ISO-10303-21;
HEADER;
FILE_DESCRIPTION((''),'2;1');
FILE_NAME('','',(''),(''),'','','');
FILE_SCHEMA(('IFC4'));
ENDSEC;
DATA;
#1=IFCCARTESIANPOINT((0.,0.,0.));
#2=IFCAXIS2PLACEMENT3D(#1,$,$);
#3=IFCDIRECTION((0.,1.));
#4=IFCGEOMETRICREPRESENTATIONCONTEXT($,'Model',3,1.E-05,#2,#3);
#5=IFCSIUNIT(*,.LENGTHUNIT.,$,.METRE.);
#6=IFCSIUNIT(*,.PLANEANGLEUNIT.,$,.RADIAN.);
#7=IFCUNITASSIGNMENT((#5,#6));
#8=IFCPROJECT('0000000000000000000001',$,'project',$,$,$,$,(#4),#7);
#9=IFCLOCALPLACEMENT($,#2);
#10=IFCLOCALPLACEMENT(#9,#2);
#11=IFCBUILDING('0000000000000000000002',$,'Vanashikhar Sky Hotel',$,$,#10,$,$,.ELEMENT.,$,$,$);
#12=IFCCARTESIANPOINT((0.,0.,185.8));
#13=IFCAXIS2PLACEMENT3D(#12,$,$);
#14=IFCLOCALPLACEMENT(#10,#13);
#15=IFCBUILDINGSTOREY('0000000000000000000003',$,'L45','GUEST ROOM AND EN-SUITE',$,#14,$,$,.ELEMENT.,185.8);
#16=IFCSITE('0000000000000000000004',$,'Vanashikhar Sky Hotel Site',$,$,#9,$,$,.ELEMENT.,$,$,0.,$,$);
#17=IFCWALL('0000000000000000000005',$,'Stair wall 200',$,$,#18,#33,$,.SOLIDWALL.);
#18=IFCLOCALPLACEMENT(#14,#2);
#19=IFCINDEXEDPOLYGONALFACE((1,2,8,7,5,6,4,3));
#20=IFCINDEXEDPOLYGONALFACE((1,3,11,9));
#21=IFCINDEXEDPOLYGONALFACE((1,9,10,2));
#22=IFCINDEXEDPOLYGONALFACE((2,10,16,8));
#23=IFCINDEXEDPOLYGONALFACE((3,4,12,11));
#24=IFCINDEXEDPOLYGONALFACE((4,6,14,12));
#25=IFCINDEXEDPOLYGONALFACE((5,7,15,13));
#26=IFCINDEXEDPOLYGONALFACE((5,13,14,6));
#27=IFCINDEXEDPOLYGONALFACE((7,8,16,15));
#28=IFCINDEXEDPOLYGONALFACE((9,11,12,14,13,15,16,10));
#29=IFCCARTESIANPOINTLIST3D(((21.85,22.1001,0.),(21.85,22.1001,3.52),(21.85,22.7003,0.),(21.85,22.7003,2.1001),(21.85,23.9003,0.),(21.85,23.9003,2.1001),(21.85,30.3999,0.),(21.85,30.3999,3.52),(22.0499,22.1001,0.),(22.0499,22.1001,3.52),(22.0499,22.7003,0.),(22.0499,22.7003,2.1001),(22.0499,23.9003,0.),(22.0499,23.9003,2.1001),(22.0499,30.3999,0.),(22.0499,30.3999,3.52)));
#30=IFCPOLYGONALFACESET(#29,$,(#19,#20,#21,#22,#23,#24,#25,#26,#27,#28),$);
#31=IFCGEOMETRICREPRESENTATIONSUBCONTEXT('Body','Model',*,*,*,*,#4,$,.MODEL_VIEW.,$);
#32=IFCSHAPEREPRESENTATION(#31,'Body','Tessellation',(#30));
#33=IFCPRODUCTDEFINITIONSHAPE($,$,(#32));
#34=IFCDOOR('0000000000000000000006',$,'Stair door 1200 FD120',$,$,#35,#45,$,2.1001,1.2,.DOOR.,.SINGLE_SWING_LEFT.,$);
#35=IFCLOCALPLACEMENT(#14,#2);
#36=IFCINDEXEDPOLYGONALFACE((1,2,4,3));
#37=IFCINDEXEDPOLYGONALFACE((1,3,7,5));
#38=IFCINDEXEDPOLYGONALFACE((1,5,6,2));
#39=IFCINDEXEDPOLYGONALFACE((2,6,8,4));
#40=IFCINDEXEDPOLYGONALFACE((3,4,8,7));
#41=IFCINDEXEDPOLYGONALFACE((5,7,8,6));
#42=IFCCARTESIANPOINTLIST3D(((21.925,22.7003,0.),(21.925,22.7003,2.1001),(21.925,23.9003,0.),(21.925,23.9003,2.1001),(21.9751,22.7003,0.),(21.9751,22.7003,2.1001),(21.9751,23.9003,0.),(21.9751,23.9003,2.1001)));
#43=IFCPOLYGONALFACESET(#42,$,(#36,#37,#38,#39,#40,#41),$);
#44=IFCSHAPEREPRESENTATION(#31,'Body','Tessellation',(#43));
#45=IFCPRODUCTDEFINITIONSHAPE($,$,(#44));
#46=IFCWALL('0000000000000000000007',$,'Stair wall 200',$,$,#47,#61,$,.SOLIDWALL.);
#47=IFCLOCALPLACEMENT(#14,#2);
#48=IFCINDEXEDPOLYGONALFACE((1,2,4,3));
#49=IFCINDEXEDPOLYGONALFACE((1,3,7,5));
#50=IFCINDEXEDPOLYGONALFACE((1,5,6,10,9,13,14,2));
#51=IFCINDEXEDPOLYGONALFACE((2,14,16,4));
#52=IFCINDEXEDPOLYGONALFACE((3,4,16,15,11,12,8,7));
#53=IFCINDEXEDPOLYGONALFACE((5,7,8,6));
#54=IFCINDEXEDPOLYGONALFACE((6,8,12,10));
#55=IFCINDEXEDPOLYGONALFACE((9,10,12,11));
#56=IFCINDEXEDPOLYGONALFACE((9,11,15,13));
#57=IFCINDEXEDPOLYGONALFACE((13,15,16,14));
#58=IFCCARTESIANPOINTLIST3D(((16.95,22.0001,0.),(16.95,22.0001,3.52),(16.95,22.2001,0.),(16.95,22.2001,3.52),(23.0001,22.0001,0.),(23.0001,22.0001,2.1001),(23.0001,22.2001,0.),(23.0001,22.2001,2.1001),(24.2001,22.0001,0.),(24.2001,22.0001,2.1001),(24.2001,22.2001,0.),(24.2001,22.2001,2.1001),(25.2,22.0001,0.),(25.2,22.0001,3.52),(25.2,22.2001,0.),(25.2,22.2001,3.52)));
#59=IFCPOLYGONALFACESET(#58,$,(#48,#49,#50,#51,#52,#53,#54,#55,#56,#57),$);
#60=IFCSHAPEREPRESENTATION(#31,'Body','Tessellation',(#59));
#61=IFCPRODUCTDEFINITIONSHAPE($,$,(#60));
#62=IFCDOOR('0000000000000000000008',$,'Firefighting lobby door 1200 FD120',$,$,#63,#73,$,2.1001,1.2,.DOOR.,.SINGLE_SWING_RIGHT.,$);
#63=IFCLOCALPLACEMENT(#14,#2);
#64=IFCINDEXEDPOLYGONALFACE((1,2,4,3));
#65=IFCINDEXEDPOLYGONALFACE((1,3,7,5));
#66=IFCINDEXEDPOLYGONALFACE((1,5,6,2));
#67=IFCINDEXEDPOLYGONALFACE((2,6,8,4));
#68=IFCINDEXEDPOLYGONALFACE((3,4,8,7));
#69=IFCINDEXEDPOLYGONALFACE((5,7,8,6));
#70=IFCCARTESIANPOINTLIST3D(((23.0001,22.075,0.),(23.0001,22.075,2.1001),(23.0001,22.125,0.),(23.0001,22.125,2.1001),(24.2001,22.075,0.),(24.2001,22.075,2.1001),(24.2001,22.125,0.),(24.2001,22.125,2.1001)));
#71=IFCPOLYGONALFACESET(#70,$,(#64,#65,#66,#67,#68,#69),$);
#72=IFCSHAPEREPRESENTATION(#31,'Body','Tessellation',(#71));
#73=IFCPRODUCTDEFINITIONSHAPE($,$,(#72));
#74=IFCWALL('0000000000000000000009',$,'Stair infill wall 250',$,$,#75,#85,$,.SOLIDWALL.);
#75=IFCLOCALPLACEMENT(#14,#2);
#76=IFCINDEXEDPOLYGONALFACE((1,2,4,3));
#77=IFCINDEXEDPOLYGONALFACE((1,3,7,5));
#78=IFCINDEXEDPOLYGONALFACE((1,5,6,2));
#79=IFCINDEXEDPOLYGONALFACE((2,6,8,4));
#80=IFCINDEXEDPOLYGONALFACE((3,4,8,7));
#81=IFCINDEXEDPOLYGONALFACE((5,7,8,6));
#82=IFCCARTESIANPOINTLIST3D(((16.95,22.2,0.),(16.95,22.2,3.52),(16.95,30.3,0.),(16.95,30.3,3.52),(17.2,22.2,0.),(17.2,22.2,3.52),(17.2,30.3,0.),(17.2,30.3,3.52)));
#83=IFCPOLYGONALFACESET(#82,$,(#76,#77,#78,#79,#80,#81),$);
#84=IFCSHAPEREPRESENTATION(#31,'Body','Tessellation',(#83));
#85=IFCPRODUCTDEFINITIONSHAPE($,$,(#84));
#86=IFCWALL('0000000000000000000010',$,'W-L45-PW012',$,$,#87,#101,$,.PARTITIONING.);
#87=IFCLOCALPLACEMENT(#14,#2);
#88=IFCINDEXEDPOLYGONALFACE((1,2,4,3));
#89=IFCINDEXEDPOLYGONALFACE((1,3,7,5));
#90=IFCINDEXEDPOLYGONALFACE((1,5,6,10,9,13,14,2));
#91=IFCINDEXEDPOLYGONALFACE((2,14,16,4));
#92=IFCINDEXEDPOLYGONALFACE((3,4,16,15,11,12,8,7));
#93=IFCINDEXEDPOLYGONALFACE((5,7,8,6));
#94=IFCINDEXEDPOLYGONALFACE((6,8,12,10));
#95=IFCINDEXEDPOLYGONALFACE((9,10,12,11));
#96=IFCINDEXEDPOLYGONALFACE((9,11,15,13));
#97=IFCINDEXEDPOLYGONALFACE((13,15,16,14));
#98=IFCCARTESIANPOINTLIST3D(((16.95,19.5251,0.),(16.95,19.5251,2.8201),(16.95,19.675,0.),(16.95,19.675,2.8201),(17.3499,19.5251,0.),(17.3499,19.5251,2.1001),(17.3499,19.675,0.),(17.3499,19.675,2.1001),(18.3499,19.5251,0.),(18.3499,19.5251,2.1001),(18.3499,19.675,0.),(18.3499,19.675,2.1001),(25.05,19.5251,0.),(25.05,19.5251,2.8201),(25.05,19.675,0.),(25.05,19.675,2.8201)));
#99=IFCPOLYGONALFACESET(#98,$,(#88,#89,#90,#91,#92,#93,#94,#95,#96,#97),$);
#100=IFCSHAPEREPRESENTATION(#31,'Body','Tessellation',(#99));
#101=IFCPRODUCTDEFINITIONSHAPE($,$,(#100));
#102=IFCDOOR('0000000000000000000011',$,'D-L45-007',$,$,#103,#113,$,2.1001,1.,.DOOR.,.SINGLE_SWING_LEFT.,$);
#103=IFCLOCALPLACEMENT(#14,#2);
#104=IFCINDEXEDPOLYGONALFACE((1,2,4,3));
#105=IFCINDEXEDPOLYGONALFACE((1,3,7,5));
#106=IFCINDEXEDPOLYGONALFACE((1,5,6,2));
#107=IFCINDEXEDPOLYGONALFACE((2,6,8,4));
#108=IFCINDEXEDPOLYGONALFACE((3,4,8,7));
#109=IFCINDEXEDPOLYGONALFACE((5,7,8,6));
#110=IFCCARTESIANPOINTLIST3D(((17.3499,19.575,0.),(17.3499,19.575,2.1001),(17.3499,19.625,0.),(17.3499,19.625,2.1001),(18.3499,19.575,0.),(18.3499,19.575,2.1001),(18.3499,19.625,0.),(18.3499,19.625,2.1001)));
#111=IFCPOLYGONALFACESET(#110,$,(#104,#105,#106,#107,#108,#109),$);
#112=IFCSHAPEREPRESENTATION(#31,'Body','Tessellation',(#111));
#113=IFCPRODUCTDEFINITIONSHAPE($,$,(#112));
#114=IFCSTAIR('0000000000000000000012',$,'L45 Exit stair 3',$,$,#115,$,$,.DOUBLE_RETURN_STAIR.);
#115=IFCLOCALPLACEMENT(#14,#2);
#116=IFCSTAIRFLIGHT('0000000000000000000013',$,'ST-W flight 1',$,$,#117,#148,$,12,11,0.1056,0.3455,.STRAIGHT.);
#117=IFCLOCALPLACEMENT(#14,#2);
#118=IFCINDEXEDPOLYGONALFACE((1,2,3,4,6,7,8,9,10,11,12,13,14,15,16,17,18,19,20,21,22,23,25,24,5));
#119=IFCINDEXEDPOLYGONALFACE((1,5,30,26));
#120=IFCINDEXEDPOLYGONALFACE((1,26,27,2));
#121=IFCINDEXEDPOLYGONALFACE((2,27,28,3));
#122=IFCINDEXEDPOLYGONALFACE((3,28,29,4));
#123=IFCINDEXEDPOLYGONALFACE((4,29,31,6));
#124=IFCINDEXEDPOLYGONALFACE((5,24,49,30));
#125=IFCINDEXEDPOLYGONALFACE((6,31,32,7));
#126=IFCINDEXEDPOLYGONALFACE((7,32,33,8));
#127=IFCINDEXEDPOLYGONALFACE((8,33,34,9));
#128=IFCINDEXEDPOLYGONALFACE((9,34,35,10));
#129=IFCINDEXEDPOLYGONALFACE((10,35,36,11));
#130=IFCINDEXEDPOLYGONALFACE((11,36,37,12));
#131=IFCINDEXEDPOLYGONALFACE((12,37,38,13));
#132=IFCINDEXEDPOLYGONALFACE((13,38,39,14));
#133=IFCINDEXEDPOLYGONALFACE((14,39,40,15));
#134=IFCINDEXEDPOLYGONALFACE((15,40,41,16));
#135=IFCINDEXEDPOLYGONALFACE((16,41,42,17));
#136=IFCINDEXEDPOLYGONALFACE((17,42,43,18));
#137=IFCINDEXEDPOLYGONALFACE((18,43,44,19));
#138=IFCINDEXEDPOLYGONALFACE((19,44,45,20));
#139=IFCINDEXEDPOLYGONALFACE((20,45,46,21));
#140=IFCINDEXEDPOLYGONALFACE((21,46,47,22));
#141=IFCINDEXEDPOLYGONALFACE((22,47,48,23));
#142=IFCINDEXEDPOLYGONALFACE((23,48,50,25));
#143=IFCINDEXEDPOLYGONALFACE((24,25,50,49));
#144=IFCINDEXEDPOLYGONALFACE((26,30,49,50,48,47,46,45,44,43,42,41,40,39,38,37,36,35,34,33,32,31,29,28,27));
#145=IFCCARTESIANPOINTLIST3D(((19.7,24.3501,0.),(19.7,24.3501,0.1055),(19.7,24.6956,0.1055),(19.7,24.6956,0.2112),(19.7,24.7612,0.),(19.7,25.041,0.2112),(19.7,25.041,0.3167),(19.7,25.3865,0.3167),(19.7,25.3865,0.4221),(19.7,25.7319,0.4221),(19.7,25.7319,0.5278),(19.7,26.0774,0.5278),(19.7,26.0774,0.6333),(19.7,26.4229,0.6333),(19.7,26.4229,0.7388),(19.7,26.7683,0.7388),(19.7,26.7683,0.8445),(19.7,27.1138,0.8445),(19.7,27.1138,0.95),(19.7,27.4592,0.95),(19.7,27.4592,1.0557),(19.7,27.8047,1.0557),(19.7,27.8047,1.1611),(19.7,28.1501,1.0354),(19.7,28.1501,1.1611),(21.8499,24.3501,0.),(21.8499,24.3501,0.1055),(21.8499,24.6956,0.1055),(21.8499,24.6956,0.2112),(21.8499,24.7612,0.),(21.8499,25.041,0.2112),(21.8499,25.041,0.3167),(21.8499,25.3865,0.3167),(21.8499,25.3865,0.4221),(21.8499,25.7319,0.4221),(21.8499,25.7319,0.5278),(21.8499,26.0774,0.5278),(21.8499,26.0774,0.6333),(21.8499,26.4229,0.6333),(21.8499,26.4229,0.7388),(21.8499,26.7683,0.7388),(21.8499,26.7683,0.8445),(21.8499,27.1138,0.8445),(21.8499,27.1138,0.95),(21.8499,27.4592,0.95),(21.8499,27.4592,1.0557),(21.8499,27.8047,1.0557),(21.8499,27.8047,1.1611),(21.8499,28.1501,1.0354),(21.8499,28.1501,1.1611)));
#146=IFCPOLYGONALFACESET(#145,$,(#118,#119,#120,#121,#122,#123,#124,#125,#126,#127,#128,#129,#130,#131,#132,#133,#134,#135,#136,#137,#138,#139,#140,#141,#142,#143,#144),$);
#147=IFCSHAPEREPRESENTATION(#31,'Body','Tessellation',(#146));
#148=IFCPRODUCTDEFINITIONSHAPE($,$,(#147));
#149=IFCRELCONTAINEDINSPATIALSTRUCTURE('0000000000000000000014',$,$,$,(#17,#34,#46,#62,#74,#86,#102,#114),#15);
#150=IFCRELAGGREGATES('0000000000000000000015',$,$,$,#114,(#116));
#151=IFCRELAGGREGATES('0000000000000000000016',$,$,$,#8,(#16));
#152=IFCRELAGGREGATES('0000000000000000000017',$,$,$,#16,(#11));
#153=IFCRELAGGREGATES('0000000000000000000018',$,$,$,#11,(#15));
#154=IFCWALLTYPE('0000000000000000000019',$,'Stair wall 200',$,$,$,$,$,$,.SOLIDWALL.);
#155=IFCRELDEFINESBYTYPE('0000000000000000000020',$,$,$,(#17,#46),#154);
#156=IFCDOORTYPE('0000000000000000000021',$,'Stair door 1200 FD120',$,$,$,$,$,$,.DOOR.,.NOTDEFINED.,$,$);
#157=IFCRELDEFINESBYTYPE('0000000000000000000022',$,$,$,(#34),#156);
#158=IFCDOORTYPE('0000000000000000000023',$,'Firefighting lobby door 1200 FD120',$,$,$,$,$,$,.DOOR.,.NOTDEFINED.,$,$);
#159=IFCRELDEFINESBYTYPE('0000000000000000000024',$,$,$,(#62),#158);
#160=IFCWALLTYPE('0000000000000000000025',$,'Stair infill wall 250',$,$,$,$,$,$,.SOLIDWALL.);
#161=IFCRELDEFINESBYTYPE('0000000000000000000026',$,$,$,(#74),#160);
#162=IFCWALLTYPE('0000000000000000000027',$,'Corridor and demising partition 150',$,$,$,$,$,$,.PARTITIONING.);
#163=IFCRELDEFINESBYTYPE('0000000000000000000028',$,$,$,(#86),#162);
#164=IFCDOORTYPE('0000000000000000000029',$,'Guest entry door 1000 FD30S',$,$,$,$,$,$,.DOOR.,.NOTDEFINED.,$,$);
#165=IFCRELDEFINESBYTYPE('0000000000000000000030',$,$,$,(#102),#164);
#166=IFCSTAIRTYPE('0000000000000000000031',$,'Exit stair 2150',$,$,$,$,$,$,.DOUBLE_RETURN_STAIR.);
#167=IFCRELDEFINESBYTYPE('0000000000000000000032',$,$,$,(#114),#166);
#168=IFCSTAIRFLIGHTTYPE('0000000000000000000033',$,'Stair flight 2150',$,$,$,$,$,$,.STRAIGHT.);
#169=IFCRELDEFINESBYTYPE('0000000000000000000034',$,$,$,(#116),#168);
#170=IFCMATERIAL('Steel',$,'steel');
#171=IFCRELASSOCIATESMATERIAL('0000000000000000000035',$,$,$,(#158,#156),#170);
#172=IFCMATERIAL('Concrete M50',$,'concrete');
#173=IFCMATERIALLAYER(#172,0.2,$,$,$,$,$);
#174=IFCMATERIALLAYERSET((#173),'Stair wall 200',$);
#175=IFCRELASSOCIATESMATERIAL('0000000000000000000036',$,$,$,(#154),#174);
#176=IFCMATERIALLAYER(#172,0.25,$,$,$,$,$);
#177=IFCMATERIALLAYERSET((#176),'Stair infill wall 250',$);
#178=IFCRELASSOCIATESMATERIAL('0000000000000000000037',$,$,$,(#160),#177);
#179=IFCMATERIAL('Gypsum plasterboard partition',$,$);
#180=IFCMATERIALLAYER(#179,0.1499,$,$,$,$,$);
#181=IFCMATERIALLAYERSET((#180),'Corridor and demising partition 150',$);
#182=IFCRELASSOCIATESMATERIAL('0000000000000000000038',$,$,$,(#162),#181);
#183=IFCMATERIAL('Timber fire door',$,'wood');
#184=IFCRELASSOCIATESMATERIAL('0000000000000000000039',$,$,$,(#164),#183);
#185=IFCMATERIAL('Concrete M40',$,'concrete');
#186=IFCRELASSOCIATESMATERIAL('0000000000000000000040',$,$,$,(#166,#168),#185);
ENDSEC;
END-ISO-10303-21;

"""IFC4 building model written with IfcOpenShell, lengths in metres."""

from ifc_helpers import new_model, si_unit, direction, frame, frame_2d, origin, place, context, subcontext, project, spatial, polyline, rectangle, outline, extrude, source, transform, mapped, material, layer, layer_set, type_object, element, fill, aggregate, save


model = new_model("IFC4")

# Units and contexts
model_context = context("Model", 3, precision=1e-05, world=origin(), true_north=direction((0.0, 1.0)))
body_context = subcontext(model_context, "Body", "Model", "MODEL_VIEW")
ifc_project = project(units=[si_unit("LENGTHUNIT", "METRE"), si_unit("PLANEANGLEUNIT", "RADIAN")], contexts=[model_context])

# Site, building, storey
site_placement = place(None, origin())
site = spatial("IfcSite", under=ifc_project, at=site_placement, Name="Vanashikhar Sky Hotel Site", CompositionType="ELEMENT", RefElevation=0.0)
building_placement = place(site_placement, origin())
building = spatial("IfcBuilding", under=site, at=building_placement, Name="Vanashikhar Sky Hotel", CompositionType="ELEMENT")
storey_placement = place(building_placement, frame((0.0, 0.0, 185.8)))
storey = spatial("IfcBuildingStorey", under=building, at=storey_placement, Name="L45", Description="GUEST ROOM AND EN-SUITE", CompositionType="ELEMENT", Elevation=185.8)

# Shared definitions
ifc_material_1 = material(Name="Steel", Category="steel")
door_type_1 = type_object("IfcDoorType", Name="Firefighting lobby door 1200 FD120", OperationType="NOTDEFINED", PredefinedType="DOOR", material=ifc_material_1)

# Walls, openings, doors
ifc_material_2 = material(Name="Concrete M50", Category="concrete")
ifc_layer_1 = layer(ifc_material_2, 0.2)
ifc_layer_set_1 = layer_set([ifc_layer_1], Name="Stair wall 200")
wall_type_1 = type_object("IfcWallType", Name="Stair wall 200", PredefinedType="SOLIDWALL", material=ifc_layer_set_1)
shared_shape_1 = source(origin(), body_context, "Body", "SweptSolid", [
    extrude(rectangle(XDim=8.2998, YDim=0.2, at=frame_2d((4.1499, 0.0))), origin(), (0.0, 0.0, 1.0), 3.52),
])
wall_1_placement = place(storey_placement, frame((21.95, 22.1001, 0.0), z_axis=(0.0, 0.0, 1.0), x_axis=(0.0, 1.0, 0.0)))
wall_1 = element("IfcWall", 1, at=wall_1_placement, inside=storey, type_object=wall_type_1, Name="Stair wall 200", PredefinedType="SOLIDWALL", context=body_context, shape_type="MappedRepresentation", body=[
    mapped(shared_shape_1, transform((0.0, 0.0, 0.0), scale=1.0)),
])
shared_shape_2 = source(origin(), body_context, "Body", "SweptSolid", [
    extrude(rectangle(XDim=1.2, YDim=2.1001, at=frame_2d((0.6001, 1.05))), frame((0.0, 0.1099, 0.0), z_axis=(0.0, -1.0, 0.0), x_axis=(1.0, 0.0, 0.0)), (0.0, 0.0, 1.0), 0.22),
])
opening_1_placement = place(wall_1_placement, frame((0.6001, 0.0, 0.0)))
opening_1 = element("IfcOpeningElement", 2, at=opening_1_placement, cuts=wall_1, PredefinedType="OPENING", context=body_context, shape_type="MappedRepresentation", body=[
    mapped(shared_shape_2, transform((0.0, 0.0, 0.0), scale=1.0)),
])
door_type_2 = type_object("IfcDoorType", Name="Stair door 1200 FD120", OperationType="NOTDEFINED", PredefinedType="DOOR", material=ifc_material_1)
shared_shape_3 = source(origin(), body_context, "Body", "SweptSolid", [
    extrude(rectangle(XDim=1.2, YDim=2.1001, at=frame_2d((0.6001, 1.05))), frame((0.0, 0.0249, 0.0), z_axis=(0.0, -1.0, 0.0), x_axis=(1.0, 0.0, 0.0)), (0.0, 0.0, 1.0), 0.05),
])
door_1_placement = place(opening_1_placement, origin())
door_1 = element("IfcDoor", 3, at=door_1_placement, inside=storey, type_object=door_type_2, Name="Stair door 1200 FD120", OperationType="SINGLE_SWING_LEFT", OverallHeight=2.1001, OverallWidth=1.2, PredefinedType="DOOR", context=body_context, shape_type="MappedRepresentation", body=[
    mapped(shared_shape_3, transform((0.0, 0.0, 0.0), scale=1.0)),
])
fill(opening_1, door_1)
shared_shape_4 = source(origin(), body_context, "Body", "SweptSolid", [
    extrude(rectangle(XDim=8.25, YDim=0.2, at=frame_2d((4.125, 0.0))), origin(), (0.0, 0.0, 1.0), 3.52),
])
wall_2_placement = place(storey_placement, frame((16.95, 22.1001, 0.0), z_axis=(0.0, 0.0, 1.0), x_axis=(1.0, 0.0, 0.0)))
wall_2 = element("IfcWall", 4, at=wall_2_placement, inside=storey, type_object=wall_type_1, Name="Stair wall 200", PredefinedType="SOLIDWALL", context=body_context, shape_type="MappedRepresentation", body=[
    mapped(shared_shape_4, transform((0.0, 0.0, 0.0), scale=1.0)),
])
opening_2_placement = place(wall_2_placement, frame((6.05, 0.0, 0.0)))
opening_2 = element("IfcOpeningElement", 5, at=opening_2_placement, cuts=wall_2, PredefinedType="OPENING", context=body_context, shape_type="MappedRepresentation", body=[
    mapped(shared_shape_2, transform((0.0, 0.0, 0.0), scale=1.0)),
])
door_2_placement = place(opening_2_placement, origin())
door_2 = element("IfcDoor", 6, at=door_2_placement, inside=storey, type_object=door_type_1, Name="Firefighting lobby door 1200 FD120", OperationType="SINGLE_SWING_RIGHT", OverallHeight=2.1001, OverallWidth=1.2, PredefinedType="DOOR", context=body_context, shape_type="MappedRepresentation", body=[
    mapped(shared_shape_3, transform((0.0, 0.0, 0.0), scale=1.0)),
])
fill(opening_2, door_2)

# Wall
ifc_layer_2 = layer(ifc_material_2, 0.25)
ifc_layer_set_2 = layer_set([ifc_layer_2], Name="Stair infill wall 250")
wall_type_2 = type_object("IfcWallType", Name="Stair infill wall 250", PredefinedType="SOLIDWALL", material=ifc_layer_set_2)
shared_shape_5 = source(origin(), body_context, "Body", "SweptSolid", [
    extrude(rectangle(XDim=8.1001, YDim=0.25, at=frame_2d((4.05, 0.0))), origin(), (0.0, 0.0, 1.0), 3.52),
])
wall_3_placement = place(storey_placement, frame((17.075, 22.2, 0.0), z_axis=(0.0, 0.0, 1.0), x_axis=(0.0, 1.0, 0.0)))
element("IfcWall", 7, at=wall_3_placement, inside=storey, type_object=wall_type_2, Name="Stair infill wall 250", PredefinedType="SOLIDWALL", context=body_context, shape_type="MappedRepresentation", body=[
    mapped(shared_shape_5, transform((0.0, 0.0, 0.0), scale=1.0)),
])

# Wall, opening, door
ifc_material_3 = material(Name="Gypsum plasterboard partition")
ifc_layer_3 = layer(ifc_material_3, 0.1499)
ifc_layer_set_3 = layer_set([ifc_layer_3], Name="Corridor and demising partition 150")
wall_type_3 = type_object("IfcWallType", Name="Corridor and demising partition 150", PredefinedType="PARTITIONING", material=ifc_layer_set_3)
shared_shape_6 = source(origin(), body_context, "Body", "SweptSolid", [
    extrude(rectangle(XDim=8.1001, YDim=0.1499, at=frame_2d((4.05, 0.0))), origin(), (0.0, 0.0, 1.0), 2.8201),
])
wall_4_placement = place(storey_placement, frame((16.95, 19.6001, 0.0), z_axis=(0.0, 0.0, 1.0), x_axis=(1.0, 0.0, 0.0)))
wall_4 = element("IfcWall", 8, at=wall_4_placement, inside=storey, type_object=wall_type_3, Name="W-L45-PW012", PredefinedType="PARTITIONING", context=body_context, shape_type="MappedRepresentation", body=[
    mapped(shared_shape_6, transform((0.0, 0.0, 0.0), scale=1.0)),
])
shared_shape_7 = source(origin(), body_context, "Body", "SweptSolid", [
    extrude(rectangle(XDim=1.0, YDim=2.1001, at=frame_2d((0.5, 1.05))), frame((0.0, 0.085, 0.0), z_axis=(0.0, -1.0, 0.0), x_axis=(1.0, 0.0, 0.0)), (0.0, 0.0, 1.0), 0.1699),
])
opening_3_placement = place(wall_4_placement, frame((0.3999, 0.0, 0.0)))
opening_3 = element("IfcOpeningElement", 9, at=opening_3_placement, cuts=wall_4, PredefinedType="OPENING", context=body_context, shape_type="MappedRepresentation", body=[
    mapped(shared_shape_7, transform((0.0, 0.0, 0.0), scale=1.0)),
])
ifc_material_4 = material(Name="Timber fire door", Category="wood")
door_type_3 = type_object("IfcDoorType", Name="Guest entry door 1000 FD30S", OperationType="NOTDEFINED", PredefinedType="DOOR", material=ifc_material_4)
shared_shape_8 = source(origin(), body_context, "Body", "SweptSolid", [
    extrude(rectangle(XDim=1.0, YDim=2.1001, at=frame_2d((0.5, 1.05))), frame((0.0, 0.0249, 0.0), z_axis=(0.0, -1.0, 0.0), x_axis=(1.0, 0.0, 0.0)), (0.0, 0.0, 1.0), 0.05),
])
door_3_placement = place(opening_3_placement, origin())
door_3 = element("IfcDoor", 10, at=door_3_placement, inside=storey, type_object=door_type_3, Name="D-L45-007", OperationType="SINGLE_SWING_LEFT", OverallHeight=2.1001, OverallWidth=1.0, PredefinedType="DOOR", context=body_context, shape_type="MappedRepresentation", body=[
    mapped(shared_shape_8, transform((0.0, 0.0, 0.0), scale=1.0)),
])
fill(opening_3, door_3)

# Stair, stair flight
ifc_material_5 = material(Name="Concrete M40", Category="concrete")
stair_type = type_object("IfcStairType", Name="Exit stair 2150", PredefinedType="DOUBLE_RETURN_STAIR", material=ifc_material_5)
stair_placement = place(storey_placement, origin())
stair = element("IfcStair", 11, at=stair_placement, inside=storey, type_object=stair_type, Name="L45 Exit stair 3", PredefinedType="DOUBLE_RETURN_STAIR")
stair_flight_type = type_object("IfcStairFlightType", Name="Stair flight 2150", PredefinedType="STRAIGHT", material=ifc_material_5)
shared_shape_9 = source(origin(), body_context, "Body", "SweptSolid", [
    extrude(outline(polyline([(0.0, 0.0), (0.0, 0.1055), (0.3455, 0.1055), (0.3455, 0.2112), (0.6909, 0.2112), (0.6909, 0.3167), (1.0364, 0.3167), (1.0364, 0.4221), (1.3818, 0.4221), (1.3818, 0.5278), (1.7273, 0.5278), (1.7273, 0.6333), (2.0728, 0.6333), (2.0728, 0.7388), (2.4182, 0.7388), (2.4182, 0.8445), (2.7637, 0.8445), (2.7637, 0.95), (3.1091, 0.95), (3.1091, 1.0557), (3.4546, 1.0557), (3.4546, 1.1611), (3.8, 1.1611), (3.8, 1.2666), (3.8, 1.0354), (0.4111, 0.0), (0.0, 0.0)])), frame((0.0, 1.075, 0.0), z_axis=(0.0, -1.0, 0.0), x_axis=(1.0, 0.0, 0.0)), (0.0, 0.0, 1.0), 2.1499),
])
stair_flight_1_placement = place(storey_placement, frame((20.7749, 24.3501, 0.0), z_axis=(0.0, 0.0, 1.0), x_axis=(0.0, 1.0, 0.0)))
stair_flight_1 = element("IfcStairFlight", 12, at=stair_flight_1_placement, type_object=stair_flight_type, Name="ST-W flight 1", NumberOfRisers=12, NumberOfTreads=11, PredefinedType="STRAIGHT", RiserHeight=0.1056, TreadLength=0.3455, context=body_context, shape_type="MappedRepresentation", body=[
    mapped(shared_shape_9, transform((0.0, 0.0, 0.0), scale=1.0)),
])
aggregate(stair, [stair_flight_1])

save(model, "model.ifc")
